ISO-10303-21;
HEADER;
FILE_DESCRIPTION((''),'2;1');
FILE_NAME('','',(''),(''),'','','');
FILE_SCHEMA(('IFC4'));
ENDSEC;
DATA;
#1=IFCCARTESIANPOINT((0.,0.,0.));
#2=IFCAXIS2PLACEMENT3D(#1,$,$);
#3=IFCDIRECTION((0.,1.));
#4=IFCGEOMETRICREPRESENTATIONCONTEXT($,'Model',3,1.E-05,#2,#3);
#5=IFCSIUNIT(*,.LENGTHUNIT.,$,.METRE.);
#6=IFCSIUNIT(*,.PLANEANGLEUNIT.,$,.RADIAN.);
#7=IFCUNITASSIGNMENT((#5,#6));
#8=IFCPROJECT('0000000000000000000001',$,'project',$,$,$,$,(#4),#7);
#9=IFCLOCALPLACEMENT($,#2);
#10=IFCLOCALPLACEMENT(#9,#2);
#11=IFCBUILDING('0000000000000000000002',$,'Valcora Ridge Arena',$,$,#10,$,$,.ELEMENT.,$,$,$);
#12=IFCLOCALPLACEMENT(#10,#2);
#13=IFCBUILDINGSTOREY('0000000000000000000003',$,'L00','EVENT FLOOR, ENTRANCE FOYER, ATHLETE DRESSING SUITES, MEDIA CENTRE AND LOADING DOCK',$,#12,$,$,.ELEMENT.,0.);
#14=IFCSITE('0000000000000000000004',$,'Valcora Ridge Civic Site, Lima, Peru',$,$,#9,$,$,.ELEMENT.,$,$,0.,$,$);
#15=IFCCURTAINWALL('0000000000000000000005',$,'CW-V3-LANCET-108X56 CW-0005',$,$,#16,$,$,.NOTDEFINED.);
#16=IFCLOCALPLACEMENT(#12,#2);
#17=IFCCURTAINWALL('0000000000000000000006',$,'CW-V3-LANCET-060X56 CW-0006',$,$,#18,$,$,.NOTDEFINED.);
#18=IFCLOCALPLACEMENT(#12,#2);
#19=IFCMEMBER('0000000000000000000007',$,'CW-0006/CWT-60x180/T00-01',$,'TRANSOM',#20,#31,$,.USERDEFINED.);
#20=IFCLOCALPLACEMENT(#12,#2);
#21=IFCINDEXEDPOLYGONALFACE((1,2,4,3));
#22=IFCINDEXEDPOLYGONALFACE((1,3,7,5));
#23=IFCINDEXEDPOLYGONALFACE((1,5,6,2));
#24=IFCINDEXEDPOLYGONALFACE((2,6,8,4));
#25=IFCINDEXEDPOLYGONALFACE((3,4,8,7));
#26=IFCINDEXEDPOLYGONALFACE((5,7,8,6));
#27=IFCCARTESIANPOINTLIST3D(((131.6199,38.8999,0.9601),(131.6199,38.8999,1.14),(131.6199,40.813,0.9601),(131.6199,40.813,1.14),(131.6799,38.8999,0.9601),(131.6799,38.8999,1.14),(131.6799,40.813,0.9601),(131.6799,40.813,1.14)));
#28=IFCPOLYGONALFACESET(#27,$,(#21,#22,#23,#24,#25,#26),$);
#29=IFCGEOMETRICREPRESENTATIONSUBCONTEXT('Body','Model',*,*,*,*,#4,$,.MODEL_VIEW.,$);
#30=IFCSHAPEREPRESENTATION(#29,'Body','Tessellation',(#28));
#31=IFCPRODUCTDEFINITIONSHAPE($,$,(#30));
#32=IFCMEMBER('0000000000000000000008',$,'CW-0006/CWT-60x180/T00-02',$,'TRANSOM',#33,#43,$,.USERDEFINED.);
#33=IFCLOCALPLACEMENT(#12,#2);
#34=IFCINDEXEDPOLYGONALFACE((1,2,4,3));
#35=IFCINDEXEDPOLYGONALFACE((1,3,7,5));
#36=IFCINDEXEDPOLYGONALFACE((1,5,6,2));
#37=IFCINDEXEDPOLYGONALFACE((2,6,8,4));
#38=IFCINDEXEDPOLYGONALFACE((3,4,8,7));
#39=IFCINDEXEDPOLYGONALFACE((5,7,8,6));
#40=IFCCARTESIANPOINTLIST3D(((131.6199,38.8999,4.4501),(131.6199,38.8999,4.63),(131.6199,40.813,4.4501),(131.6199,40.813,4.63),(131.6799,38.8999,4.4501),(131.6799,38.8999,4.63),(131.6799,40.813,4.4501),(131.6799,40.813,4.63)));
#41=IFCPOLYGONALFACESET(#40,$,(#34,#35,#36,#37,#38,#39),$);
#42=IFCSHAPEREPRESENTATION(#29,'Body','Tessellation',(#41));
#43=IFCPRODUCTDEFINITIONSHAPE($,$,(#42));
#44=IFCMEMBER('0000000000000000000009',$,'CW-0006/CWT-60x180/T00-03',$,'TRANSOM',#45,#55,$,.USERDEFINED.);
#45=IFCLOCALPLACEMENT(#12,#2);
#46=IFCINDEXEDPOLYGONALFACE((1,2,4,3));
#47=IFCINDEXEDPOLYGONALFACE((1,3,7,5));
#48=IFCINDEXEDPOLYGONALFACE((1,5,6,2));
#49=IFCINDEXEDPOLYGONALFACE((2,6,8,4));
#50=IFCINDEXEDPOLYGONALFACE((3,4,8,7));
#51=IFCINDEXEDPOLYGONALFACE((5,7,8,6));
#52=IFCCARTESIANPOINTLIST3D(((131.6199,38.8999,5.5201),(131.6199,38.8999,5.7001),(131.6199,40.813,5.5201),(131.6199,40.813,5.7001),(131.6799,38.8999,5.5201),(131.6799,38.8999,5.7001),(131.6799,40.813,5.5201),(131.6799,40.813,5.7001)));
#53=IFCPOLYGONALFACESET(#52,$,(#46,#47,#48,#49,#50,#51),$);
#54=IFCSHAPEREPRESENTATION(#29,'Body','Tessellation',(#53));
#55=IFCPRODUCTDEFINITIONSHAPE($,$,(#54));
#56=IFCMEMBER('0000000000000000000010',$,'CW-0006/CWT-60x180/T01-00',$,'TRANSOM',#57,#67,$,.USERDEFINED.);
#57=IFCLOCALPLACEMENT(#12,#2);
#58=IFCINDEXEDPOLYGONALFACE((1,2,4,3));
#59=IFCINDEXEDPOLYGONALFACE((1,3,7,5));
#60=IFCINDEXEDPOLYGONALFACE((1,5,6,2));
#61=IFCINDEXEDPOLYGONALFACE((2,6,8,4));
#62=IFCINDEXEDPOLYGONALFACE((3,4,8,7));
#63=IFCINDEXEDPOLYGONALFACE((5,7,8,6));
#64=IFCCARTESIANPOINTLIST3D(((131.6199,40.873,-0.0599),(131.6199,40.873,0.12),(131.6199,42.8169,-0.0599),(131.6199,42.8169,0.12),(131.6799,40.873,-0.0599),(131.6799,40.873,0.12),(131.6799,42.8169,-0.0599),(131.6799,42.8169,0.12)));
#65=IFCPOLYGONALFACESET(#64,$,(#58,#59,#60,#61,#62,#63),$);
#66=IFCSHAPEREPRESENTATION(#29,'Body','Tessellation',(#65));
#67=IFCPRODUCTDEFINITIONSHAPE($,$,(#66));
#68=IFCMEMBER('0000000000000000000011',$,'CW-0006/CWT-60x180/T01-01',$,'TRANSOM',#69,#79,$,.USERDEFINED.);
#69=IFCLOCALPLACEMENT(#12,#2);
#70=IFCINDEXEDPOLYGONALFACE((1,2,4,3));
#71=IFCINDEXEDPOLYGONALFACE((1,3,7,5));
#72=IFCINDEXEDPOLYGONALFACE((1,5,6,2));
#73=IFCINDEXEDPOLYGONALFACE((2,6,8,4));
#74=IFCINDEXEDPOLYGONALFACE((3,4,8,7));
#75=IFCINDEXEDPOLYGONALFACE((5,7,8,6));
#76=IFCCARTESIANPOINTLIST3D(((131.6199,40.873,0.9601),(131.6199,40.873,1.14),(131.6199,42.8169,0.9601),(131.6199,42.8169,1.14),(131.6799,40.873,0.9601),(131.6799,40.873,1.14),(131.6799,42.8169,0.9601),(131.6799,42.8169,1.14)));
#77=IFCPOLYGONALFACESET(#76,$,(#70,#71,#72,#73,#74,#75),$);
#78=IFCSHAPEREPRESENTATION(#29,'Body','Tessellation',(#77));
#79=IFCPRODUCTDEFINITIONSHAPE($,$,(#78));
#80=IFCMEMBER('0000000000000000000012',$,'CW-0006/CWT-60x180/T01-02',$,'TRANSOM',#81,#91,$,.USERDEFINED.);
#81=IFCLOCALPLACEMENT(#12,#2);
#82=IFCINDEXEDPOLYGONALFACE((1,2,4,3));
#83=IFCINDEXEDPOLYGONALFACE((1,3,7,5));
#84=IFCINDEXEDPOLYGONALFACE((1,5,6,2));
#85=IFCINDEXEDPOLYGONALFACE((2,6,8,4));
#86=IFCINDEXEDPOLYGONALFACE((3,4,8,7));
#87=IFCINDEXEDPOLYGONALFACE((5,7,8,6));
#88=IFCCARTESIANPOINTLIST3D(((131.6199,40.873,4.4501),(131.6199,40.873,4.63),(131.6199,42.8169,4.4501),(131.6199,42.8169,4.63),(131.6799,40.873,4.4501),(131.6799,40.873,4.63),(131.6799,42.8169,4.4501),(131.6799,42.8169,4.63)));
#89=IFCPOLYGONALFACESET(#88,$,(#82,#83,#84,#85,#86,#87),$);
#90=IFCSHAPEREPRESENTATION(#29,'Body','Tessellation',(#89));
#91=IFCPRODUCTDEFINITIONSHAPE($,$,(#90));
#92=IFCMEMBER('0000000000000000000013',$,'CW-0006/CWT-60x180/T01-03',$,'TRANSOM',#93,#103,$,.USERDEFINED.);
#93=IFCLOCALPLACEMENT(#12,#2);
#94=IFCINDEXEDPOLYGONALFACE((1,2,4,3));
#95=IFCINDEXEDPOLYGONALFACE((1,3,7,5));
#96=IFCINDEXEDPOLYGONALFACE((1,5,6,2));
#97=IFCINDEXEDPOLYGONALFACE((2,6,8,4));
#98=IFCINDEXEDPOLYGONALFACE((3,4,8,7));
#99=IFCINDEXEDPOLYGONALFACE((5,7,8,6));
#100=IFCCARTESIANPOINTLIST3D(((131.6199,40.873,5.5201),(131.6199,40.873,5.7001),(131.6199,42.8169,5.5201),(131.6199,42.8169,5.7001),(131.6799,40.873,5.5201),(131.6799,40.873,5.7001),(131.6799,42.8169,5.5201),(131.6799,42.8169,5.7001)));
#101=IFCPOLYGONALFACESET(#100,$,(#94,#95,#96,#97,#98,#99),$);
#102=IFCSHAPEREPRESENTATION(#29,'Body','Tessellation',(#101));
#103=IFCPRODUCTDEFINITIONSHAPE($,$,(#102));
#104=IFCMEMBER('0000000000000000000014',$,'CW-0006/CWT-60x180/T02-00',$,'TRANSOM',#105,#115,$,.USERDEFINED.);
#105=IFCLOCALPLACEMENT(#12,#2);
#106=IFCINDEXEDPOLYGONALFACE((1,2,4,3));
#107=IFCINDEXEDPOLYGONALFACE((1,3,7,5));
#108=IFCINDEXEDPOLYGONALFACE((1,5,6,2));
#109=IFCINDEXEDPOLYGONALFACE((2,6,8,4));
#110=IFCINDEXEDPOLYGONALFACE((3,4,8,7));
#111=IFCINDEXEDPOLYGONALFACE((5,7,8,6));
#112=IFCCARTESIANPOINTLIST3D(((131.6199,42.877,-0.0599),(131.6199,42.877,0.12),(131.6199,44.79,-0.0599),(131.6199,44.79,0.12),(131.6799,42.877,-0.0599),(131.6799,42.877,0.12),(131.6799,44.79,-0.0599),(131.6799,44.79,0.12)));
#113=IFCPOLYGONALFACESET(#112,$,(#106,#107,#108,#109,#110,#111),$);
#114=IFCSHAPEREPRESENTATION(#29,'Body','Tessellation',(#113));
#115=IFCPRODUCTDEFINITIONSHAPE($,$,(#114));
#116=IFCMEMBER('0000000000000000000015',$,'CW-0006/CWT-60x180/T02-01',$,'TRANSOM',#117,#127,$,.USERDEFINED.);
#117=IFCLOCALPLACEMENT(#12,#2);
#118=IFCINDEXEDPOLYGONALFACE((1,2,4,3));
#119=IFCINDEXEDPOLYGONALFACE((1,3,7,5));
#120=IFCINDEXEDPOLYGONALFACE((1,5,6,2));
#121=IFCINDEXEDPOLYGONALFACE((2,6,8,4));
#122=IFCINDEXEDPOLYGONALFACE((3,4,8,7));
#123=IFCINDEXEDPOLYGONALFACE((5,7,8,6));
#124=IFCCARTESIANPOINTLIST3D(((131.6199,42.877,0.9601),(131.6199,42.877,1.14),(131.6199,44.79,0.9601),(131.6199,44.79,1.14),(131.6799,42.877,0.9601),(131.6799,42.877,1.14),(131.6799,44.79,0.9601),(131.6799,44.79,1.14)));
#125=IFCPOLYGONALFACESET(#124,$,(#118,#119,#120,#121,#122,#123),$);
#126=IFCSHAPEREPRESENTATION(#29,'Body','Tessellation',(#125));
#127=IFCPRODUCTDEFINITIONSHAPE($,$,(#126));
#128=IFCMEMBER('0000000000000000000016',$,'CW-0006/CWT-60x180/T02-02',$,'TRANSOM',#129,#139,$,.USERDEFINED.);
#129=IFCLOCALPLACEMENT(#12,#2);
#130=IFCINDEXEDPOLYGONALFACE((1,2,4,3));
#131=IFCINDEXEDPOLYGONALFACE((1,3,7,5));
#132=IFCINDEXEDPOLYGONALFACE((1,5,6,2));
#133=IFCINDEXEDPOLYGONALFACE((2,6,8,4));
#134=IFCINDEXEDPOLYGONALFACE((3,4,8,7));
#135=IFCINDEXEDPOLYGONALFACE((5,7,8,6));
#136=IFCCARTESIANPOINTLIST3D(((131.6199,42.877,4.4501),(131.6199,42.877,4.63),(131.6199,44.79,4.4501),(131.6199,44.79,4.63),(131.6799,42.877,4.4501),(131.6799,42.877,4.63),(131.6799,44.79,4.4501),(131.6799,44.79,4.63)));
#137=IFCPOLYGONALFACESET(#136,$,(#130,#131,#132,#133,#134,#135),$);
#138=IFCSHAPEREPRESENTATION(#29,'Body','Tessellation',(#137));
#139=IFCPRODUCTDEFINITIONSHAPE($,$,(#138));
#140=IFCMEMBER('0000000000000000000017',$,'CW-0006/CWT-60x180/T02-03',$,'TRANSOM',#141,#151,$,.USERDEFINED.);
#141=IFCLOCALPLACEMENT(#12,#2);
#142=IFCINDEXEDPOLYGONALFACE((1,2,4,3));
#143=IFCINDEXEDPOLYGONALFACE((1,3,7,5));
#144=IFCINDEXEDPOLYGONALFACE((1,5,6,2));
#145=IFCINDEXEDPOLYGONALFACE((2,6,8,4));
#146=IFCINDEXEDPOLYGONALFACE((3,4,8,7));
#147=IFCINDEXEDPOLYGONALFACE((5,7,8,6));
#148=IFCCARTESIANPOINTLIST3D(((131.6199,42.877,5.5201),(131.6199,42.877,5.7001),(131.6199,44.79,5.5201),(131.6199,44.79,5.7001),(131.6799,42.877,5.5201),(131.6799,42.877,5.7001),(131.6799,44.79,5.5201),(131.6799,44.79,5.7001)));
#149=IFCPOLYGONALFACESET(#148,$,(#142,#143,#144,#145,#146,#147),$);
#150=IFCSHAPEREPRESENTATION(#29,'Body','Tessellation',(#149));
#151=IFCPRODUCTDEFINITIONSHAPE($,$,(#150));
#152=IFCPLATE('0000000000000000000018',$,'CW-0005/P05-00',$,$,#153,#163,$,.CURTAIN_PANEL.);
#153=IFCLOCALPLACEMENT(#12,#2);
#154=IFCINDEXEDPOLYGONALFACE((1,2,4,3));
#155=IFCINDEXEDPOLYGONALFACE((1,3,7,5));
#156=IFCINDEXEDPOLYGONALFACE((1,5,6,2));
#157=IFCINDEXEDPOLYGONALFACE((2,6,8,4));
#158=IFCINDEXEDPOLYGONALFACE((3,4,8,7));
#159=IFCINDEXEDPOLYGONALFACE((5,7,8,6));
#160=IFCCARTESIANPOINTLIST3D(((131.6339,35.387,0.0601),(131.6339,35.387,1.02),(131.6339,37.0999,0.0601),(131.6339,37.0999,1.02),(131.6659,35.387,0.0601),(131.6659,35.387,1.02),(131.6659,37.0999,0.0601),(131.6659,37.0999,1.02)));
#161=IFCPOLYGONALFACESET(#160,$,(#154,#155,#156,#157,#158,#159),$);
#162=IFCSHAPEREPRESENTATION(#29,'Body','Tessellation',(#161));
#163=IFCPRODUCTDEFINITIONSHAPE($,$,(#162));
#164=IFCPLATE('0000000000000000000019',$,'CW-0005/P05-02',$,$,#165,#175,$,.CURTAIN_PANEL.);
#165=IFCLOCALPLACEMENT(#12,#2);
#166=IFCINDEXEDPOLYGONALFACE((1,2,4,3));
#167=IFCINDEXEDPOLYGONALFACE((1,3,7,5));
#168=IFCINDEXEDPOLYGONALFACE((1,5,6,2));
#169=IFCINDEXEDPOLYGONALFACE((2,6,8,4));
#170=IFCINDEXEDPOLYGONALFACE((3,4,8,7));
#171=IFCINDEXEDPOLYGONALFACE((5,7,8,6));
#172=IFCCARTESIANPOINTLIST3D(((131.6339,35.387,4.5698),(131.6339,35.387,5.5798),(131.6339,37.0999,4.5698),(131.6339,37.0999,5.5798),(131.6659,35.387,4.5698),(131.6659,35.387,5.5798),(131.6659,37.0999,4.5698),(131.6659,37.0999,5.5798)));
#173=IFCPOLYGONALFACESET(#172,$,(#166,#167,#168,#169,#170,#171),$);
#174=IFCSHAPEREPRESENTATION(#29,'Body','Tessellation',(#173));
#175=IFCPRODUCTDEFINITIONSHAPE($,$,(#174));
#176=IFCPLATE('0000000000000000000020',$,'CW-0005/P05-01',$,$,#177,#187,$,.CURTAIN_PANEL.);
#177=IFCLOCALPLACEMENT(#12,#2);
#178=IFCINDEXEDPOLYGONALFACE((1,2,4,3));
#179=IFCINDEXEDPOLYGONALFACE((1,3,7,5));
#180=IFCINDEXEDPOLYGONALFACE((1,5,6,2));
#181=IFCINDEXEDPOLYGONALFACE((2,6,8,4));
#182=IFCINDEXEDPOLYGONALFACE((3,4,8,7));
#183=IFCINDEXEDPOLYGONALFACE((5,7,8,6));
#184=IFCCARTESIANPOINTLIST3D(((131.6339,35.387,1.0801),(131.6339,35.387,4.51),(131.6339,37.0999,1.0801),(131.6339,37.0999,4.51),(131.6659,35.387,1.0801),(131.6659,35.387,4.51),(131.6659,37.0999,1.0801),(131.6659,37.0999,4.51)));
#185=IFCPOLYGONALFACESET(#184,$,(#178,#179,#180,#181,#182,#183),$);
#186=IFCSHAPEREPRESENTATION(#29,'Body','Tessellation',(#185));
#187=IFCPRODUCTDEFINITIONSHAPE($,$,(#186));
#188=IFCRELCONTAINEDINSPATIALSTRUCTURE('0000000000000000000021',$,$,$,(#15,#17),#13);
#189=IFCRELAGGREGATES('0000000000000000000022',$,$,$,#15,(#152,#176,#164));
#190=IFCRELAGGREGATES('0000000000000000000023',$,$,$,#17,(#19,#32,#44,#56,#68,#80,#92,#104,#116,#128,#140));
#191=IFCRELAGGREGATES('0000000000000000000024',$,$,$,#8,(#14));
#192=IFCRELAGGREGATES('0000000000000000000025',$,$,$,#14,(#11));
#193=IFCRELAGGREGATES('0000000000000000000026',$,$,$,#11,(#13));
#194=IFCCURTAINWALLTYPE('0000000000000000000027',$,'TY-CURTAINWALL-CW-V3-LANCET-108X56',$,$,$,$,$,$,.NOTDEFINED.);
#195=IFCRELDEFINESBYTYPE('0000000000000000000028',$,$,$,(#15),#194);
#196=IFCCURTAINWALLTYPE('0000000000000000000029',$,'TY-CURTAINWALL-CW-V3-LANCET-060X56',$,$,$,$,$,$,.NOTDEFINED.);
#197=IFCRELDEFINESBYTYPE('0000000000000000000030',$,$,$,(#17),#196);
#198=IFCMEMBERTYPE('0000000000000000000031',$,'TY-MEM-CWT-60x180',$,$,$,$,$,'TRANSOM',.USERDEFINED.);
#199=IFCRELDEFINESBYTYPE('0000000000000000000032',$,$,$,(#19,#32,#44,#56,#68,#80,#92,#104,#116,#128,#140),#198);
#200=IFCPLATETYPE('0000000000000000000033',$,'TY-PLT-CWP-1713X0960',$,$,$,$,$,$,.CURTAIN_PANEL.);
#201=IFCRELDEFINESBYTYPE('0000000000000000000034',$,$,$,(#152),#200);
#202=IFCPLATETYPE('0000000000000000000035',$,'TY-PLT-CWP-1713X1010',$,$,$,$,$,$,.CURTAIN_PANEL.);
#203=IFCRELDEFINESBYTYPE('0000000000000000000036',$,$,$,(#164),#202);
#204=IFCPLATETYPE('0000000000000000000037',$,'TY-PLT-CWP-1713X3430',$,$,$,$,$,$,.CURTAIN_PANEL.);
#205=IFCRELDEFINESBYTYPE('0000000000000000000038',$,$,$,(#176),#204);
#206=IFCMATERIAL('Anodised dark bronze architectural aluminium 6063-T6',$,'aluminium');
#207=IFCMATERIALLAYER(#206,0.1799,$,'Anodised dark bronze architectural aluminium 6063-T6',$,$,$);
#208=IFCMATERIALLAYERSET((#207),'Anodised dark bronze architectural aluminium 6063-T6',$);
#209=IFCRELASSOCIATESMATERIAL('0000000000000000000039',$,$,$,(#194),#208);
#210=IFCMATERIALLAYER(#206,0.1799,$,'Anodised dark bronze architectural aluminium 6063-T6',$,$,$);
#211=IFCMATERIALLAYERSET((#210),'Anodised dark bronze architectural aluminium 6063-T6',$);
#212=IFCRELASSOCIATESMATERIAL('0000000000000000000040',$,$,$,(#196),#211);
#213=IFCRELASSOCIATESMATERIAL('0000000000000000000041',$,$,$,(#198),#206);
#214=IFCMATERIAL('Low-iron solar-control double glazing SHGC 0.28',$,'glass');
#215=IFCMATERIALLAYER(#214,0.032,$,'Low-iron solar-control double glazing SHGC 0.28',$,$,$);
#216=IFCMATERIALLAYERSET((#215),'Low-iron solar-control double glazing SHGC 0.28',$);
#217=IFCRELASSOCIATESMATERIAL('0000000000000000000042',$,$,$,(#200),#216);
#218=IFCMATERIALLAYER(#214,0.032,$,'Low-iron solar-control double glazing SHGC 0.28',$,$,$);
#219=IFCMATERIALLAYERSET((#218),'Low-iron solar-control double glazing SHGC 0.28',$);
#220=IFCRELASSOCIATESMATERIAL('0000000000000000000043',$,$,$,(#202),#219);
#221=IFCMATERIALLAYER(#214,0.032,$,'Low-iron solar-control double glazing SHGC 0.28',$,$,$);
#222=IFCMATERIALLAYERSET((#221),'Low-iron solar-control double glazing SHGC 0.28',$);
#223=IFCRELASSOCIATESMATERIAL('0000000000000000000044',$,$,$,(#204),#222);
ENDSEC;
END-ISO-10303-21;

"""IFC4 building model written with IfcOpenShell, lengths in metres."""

from ifc_helpers import new_model, si_unit, direction, frame, origin, origin_2d, place, context, subcontext, project, spatial, rectangle, extrude, material, layer, layer_set, material_profile, profile_set, type_object, element, aggregate, save


model = new_model("IFC4")

# Units and contexts
model_context = context("Model", 3, precision=1e-05, world=origin(), true_north=direction((0.0, 1.0)))
body_context = subcontext(model_context, "Body", "Model", "MODEL_VIEW")
ifc_project = project(units=[si_unit("LENGTHUNIT", "METRE"), si_unit("PLANEANGLEUNIT", "RADIAN")], contexts=[model_context])

# Site, building, storey
site_placement = place(None, origin())
site = spatial("IfcSite", under=ifc_project, at=site_placement, Name="Valcora Ridge Civic Site, Lima, Peru", CompositionType="ELEMENT", RefElevation=0.0)
building_placement = place(site_placement, origin())
building = spatial("IfcBuilding", under=site, at=building_placement, Name="Valcora Ridge Arena", CompositionType="ELEMENT")
storey_placement = place(building_placement, origin())
storey = spatial("IfcBuildingStorey", under=building, at=storey_placement, Name="L00", Description="EVENT FLOOR, ENTRANCE FOYER, ATHLETE DRESSING SUITES, MEDIA CENTRE AND LOADING DOCK", CompositionType="ELEMENT", Elevation=0.0)

# Curtain walls
ifc_material_1 = material(Name="Anodised dark bronze architectural aluminium 6063-T6", Category="aluminium")
ifc_layer_1 = layer(ifc_material_1, 0.1799, Name="Anodised dark bronze architectural aluminium 6063-T6")
ifc_layer_set_1 = layer_set([ifc_layer_1], Name="Anodised dark bronze architectural aluminium 6063-T6")
curtain_wall_type_1 = type_object("IfcCurtainWallType", Name="TY-CURTAINWALL-CW-V3-LANCET-108X56", PredefinedType="NOTDEFINED", material=ifc_layer_set_1)
curtain_wall_1_placement = place(storey_placement, origin())
curtain_wall_1 = element("IfcCurtainWall", 1, at=curtain_wall_1_placement, inside=storey, type_object=curtain_wall_type_1, Name="CW-V3-LANCET-108X56 CW-0005", PredefinedType="NOTDEFINED")
ifc_layer_2 = layer(ifc_material_1, 0.1799, Name="Anodised dark bronze architectural aluminium 6063-T6")
ifc_layer_set_2 = layer_set([ifc_layer_2], Name="Anodised dark bronze architectural aluminium 6063-T6")
curtain_wall_type_2 = type_object("IfcCurtainWallType", Name="TY-CURTAINWALL-CW-V3-LANCET-060X56", PredefinedType="NOTDEFINED", material=ifc_layer_set_2)
curtain_wall_2_placement = place(storey_placement, origin())
curtain_wall_2 = element("IfcCurtainWall", 2, at=curtain_wall_2_placement, inside=storey, type_object=curtain_wall_type_2, Name="CW-V3-LANCET-060X56 CW-0006", PredefinedType="NOTDEFINED")

# Members
ifc_material_profile_1 = material_profile(ifc_material_1, rectangle(XDim=0.0601, YDim=0.1799, at=origin_2d()), Name="ALU TRANSOM 60x180")
ifc_profile_set_1 = profile_set([ifc_material_profile_1], Name="Anodised dark bronze architectural aluminium 6063-T6")
member_type_1 = type_object("IfcMemberType", Name="TY-MEM-CWT-60x180", ElementType="TRANSOM", PredefinedType="USERDEFINED", material=ifc_profile_set_1)
member_1_placement = place(storey_placement, frame((131.6499, 38.8999, 1.05), z_axis=(0.0, 1.0, 0.0), x_axis=(-1.0, 0.0, 0.0)))
member_1 = element("IfcMember", 3, at=member_1_placement, type_object=member_type_1, Name="CW-0006/CWT-60x180/T00-01", ObjectType="TRANSOM", PredefinedType="USERDEFINED", context=body_context, shape_type="SweptSolid", body=[
    extrude(rectangle(XDim=0.0601, YDim=0.1799, at=origin_2d()), origin(), (0.0, 0.0, 1.0), 1.9131),
])
member_2_placement = place(storey_placement, frame((131.6499, 38.8999, 4.54), z_axis=(0.0, 1.0, 0.0), x_axis=(-1.0, 0.0, 0.0)))
member_2 = element("IfcMember", 4, at=member_2_placement, type_object=member_type_1, Name="CW-0006/CWT-60x180/T00-02", ObjectType="TRANSOM", PredefinedType="USERDEFINED", context=body_context, shape_type="SweptSolid", body=[
    extrude(rectangle(XDim=0.0601, YDim=0.1799, at=origin_2d()), origin(), (0.0, 0.0, 1.0), 1.9131),
])
member_3_placement = place(storey_placement, frame((131.6499, 38.8999, 5.6101), z_axis=(0.0, 1.0, 0.0), x_axis=(-1.0, 0.0, 0.0)))
member_3 = element("IfcMember", 5, at=member_3_placement, type_object=member_type_1, Name="CW-0006/CWT-60x180/T00-03", ObjectType="TRANSOM", PredefinedType="USERDEFINED", context=body_context, shape_type="SweptSolid", body=[
    extrude(rectangle(XDim=0.0601, YDim=0.1799, at=origin_2d()), origin(), (0.0, 0.0, 1.0), 1.9131),
])
member_4_placement = place(storey_placement, frame((131.6499, 40.873, 0.03), z_axis=(0.0, 1.0, 0.0), x_axis=(-1.0, 0.0, 0.0)))
member_4 = element("IfcMember", 6, at=member_4_placement, type_object=member_type_1, Name="CW-0006/CWT-60x180/T01-00", ObjectType="TRANSOM", PredefinedType="USERDEFINED", context=body_context, shape_type="SweptSolid", body=[
    extrude(rectangle(XDim=0.0601, YDim=0.1799, at=origin_2d()), origin(), (0.0, 0.0, 1.0), 1.9438),
])
member_5_placement = place(storey_placement, frame((131.6499, 40.873, 1.05), z_axis=(0.0, 1.0, 0.0), x_axis=(-1.0, 0.0, 0.0)))
member_5 = element("IfcMember", 7, at=member_5_placement, type_object=member_type_1, Name="CW-0006/CWT-60x180/T01-01", ObjectType="TRANSOM", PredefinedType="USERDEFINED", context=body_context, shape_type="SweptSolid", body=[
    extrude(rectangle(XDim=0.0601, YDim=0.1799, at=origin_2d()), origin(), (0.0, 0.0, 1.0), 1.9438),
])
member_6_placement = place(storey_placement, frame((131.6499, 40.873, 4.54), z_axis=(0.0, 1.0, 0.0), x_axis=(-1.0, 0.0, 0.0)))
member_6 = element("IfcMember", 8, at=member_6_placement, type_object=member_type_1, Name="CW-0006/CWT-60x180/T01-02", ObjectType="TRANSOM", PredefinedType="USERDEFINED", context=body_context, shape_type="SweptSolid", body=[
    extrude(rectangle(XDim=0.0601, YDim=0.1799, at=origin_2d()), origin(), (0.0, 0.0, 1.0), 1.9438),
])
member_7_placement = place(storey_placement, frame((131.6499, 40.873, 5.6101), z_axis=(0.0, 1.0, 0.0), x_axis=(-1.0, 0.0, 0.0)))
member_7 = element("IfcMember", 9, at=member_7_placement, type_object=member_type_1, Name="CW-0006/CWT-60x180/T01-03", ObjectType="TRANSOM", PredefinedType="USERDEFINED", context=body_context, shape_type="SweptSolid", body=[
    extrude(rectangle(XDim=0.0601, YDim=0.1799, at=origin_2d()), origin(), (0.0, 0.0, 1.0), 1.9438),
])
member_8_placement = place(storey_placement, frame((131.6499, 42.877, 0.03), z_axis=(0.0, 1.0, 0.0), x_axis=(-1.0, 0.0, 0.0)))
member_8 = element("IfcMember", 10, at=member_8_placement, type_object=member_type_1, Name="CW-0006/CWT-60x180/T02-00", ObjectType="TRANSOM", PredefinedType="USERDEFINED", context=body_context, shape_type="SweptSolid", body=[
    extrude(rectangle(XDim=0.0601, YDim=0.1799, at=origin_2d()), origin(), (0.0, 0.0, 1.0), 1.9131),
])
member_9_placement = place(storey_placement, frame((131.6499, 42.877, 1.05), z_axis=(0.0, 1.0, 0.0), x_axis=(-1.0, 0.0, 0.0)))
member_9 = element("IfcMember", 11, at=member_9_placement, type_object=member_type_1, Name="CW-0006/CWT-60x180/T02-01", ObjectType="TRANSOM", PredefinedType="USERDEFINED", context=body_context, shape_type="SweptSolid", body=[
    extrude(rectangle(XDim=0.0601, YDim=0.1799, at=origin_2d()), origin(), (0.0, 0.0, 1.0), 1.9131),
])
member_10_placement = place(storey_placement, frame((131.6499, 42.877, 4.54), z_axis=(0.0, 1.0, 0.0), x_axis=(-1.0, 0.0, 0.0)))
member_10 = element("IfcMember", 12, at=member_10_placement, type_object=member_type_1, Name="CW-0006/CWT-60x180/T02-02", ObjectType="TRANSOM", PredefinedType="USERDEFINED", context=body_context, shape_type="SweptSolid", body=[
    extrude(rectangle(XDim=0.0601, YDim=0.1799, at=origin_2d()), origin(), (0.0, 0.0, 1.0), 1.9131),
])
member_11_placement = place(storey_placement, frame((131.6499, 42.877, 5.6101), z_axis=(0.0, 1.0, 0.0), x_axis=(-1.0, 0.0, 0.0)))
member_11 = element("IfcMember", 13, at=member_11_placement, type_object=member_type_1, Name="CW-0006/CWT-60x180/T02-03", ObjectType="TRANSOM", PredefinedType="USERDEFINED", context=body_context, shape_type="SweptSolid", body=[
    extrude(rectangle(XDim=0.0601, YDim=0.1799, at=origin_2d()), origin(), (0.0, 0.0, 1.0), 1.9131),
])

# Plates
ifc_material_2 = material(Name="Low-iron solar-control double glazing SHGC 0.28", Category="glass")
ifc_layer_3 = layer(ifc_material_2, 0.032, Name="Low-iron solar-control double glazing SHGC 0.28")
ifc_layer_set_3 = layer_set([ifc_layer_3], Name="Low-iron solar-control double glazing SHGC 0.28")
plate_type_1 = type_object("IfcPlateType", Name="TY-PLT-CWP-1713X0960", PredefinedType="CURTAIN_PANEL", material=ifc_layer_set_3)
plate_1_placement = place(storey_placement, frame((131.6499, 36.2434, 0.0601), z_axis=(0.0, 0.0, 1.0), x_axis=(0.0, 1.0, 0.0)))
plate_1 = element("IfcPlate", 14, at=plate_1_placement, type_object=plate_type_1, Name="CW-0005/P05-00", PredefinedType="CURTAIN_PANEL", context=body_context, shape_type="SweptSolid", body=[
    extrude(rectangle(XDim=1.7129, YDim=0.032, at=origin_2d()), origin(), (0.0, 0.0, 1.0), 0.96),
])
ifc_layer_4 = layer(ifc_material_2, 0.032, Name="Low-iron solar-control double glazing SHGC 0.28")
ifc_layer_set_4 = layer_set([ifc_layer_4], Name="Low-iron solar-control double glazing SHGC 0.28")
plate_type_2 = type_object("IfcPlateType", Name="TY-PLT-CWP-1713X1010", PredefinedType="CURTAIN_PANEL", material=ifc_layer_set_4)
plate_2_placement = place(storey_placement, frame((131.6499, 36.2434, 4.5698), z_axis=(0.0, 0.0, 1.0), x_axis=(0.0, 1.0, 0.0)))
plate_2 = element("IfcPlate", 15, at=plate_2_placement, type_object=plate_type_2, Name="CW-0005/P05-02", PredefinedType="CURTAIN_PANEL", context=body_context, shape_type="SweptSolid", body=[
    extrude(rectangle(XDim=1.7129, YDim=0.032, at=origin_2d()), origin(), (0.0, 0.0, 1.0), 1.01),
])
ifc_layer_5 = layer(ifc_material_2, 0.032, Name="Low-iron solar-control double glazing SHGC 0.28")
ifc_layer_set_5 = layer_set([ifc_layer_5], Name="Low-iron solar-control double glazing SHGC 0.28")
plate_type_3 = type_object("IfcPlateType", Name="TY-PLT-CWP-1713X3430", PredefinedType="CURTAIN_PANEL", material=ifc_layer_set_5)
plate_3_placement = place(storey_placement, frame((131.6499, 36.2434, 1.0801), z_axis=(0.0, 0.0, 1.0), x_axis=(0.0, 1.0, 0.0)))
plate_3 = element("IfcPlate", 16, at=plate_3_placement, type_object=plate_type_3, Name="CW-0005/P05-01", PredefinedType="CURTAIN_PANEL", context=body_context, shape_type="SweptSolid", body=[
    extrude(rectangle(XDim=1.7129, YDim=0.032, at=origin_2d()), origin(), (0.0, 0.0, 1.0), 3.4299),
])
aggregate(curtain_wall_1, [plate_1, plate_3, plate_2])
aggregate(curtain_wall_2, [member_1, member_2, member_3, member_4, member_5, member_6, member_7, member_8, member_9, member_10, member_11])

save(model, "model.ifc")
